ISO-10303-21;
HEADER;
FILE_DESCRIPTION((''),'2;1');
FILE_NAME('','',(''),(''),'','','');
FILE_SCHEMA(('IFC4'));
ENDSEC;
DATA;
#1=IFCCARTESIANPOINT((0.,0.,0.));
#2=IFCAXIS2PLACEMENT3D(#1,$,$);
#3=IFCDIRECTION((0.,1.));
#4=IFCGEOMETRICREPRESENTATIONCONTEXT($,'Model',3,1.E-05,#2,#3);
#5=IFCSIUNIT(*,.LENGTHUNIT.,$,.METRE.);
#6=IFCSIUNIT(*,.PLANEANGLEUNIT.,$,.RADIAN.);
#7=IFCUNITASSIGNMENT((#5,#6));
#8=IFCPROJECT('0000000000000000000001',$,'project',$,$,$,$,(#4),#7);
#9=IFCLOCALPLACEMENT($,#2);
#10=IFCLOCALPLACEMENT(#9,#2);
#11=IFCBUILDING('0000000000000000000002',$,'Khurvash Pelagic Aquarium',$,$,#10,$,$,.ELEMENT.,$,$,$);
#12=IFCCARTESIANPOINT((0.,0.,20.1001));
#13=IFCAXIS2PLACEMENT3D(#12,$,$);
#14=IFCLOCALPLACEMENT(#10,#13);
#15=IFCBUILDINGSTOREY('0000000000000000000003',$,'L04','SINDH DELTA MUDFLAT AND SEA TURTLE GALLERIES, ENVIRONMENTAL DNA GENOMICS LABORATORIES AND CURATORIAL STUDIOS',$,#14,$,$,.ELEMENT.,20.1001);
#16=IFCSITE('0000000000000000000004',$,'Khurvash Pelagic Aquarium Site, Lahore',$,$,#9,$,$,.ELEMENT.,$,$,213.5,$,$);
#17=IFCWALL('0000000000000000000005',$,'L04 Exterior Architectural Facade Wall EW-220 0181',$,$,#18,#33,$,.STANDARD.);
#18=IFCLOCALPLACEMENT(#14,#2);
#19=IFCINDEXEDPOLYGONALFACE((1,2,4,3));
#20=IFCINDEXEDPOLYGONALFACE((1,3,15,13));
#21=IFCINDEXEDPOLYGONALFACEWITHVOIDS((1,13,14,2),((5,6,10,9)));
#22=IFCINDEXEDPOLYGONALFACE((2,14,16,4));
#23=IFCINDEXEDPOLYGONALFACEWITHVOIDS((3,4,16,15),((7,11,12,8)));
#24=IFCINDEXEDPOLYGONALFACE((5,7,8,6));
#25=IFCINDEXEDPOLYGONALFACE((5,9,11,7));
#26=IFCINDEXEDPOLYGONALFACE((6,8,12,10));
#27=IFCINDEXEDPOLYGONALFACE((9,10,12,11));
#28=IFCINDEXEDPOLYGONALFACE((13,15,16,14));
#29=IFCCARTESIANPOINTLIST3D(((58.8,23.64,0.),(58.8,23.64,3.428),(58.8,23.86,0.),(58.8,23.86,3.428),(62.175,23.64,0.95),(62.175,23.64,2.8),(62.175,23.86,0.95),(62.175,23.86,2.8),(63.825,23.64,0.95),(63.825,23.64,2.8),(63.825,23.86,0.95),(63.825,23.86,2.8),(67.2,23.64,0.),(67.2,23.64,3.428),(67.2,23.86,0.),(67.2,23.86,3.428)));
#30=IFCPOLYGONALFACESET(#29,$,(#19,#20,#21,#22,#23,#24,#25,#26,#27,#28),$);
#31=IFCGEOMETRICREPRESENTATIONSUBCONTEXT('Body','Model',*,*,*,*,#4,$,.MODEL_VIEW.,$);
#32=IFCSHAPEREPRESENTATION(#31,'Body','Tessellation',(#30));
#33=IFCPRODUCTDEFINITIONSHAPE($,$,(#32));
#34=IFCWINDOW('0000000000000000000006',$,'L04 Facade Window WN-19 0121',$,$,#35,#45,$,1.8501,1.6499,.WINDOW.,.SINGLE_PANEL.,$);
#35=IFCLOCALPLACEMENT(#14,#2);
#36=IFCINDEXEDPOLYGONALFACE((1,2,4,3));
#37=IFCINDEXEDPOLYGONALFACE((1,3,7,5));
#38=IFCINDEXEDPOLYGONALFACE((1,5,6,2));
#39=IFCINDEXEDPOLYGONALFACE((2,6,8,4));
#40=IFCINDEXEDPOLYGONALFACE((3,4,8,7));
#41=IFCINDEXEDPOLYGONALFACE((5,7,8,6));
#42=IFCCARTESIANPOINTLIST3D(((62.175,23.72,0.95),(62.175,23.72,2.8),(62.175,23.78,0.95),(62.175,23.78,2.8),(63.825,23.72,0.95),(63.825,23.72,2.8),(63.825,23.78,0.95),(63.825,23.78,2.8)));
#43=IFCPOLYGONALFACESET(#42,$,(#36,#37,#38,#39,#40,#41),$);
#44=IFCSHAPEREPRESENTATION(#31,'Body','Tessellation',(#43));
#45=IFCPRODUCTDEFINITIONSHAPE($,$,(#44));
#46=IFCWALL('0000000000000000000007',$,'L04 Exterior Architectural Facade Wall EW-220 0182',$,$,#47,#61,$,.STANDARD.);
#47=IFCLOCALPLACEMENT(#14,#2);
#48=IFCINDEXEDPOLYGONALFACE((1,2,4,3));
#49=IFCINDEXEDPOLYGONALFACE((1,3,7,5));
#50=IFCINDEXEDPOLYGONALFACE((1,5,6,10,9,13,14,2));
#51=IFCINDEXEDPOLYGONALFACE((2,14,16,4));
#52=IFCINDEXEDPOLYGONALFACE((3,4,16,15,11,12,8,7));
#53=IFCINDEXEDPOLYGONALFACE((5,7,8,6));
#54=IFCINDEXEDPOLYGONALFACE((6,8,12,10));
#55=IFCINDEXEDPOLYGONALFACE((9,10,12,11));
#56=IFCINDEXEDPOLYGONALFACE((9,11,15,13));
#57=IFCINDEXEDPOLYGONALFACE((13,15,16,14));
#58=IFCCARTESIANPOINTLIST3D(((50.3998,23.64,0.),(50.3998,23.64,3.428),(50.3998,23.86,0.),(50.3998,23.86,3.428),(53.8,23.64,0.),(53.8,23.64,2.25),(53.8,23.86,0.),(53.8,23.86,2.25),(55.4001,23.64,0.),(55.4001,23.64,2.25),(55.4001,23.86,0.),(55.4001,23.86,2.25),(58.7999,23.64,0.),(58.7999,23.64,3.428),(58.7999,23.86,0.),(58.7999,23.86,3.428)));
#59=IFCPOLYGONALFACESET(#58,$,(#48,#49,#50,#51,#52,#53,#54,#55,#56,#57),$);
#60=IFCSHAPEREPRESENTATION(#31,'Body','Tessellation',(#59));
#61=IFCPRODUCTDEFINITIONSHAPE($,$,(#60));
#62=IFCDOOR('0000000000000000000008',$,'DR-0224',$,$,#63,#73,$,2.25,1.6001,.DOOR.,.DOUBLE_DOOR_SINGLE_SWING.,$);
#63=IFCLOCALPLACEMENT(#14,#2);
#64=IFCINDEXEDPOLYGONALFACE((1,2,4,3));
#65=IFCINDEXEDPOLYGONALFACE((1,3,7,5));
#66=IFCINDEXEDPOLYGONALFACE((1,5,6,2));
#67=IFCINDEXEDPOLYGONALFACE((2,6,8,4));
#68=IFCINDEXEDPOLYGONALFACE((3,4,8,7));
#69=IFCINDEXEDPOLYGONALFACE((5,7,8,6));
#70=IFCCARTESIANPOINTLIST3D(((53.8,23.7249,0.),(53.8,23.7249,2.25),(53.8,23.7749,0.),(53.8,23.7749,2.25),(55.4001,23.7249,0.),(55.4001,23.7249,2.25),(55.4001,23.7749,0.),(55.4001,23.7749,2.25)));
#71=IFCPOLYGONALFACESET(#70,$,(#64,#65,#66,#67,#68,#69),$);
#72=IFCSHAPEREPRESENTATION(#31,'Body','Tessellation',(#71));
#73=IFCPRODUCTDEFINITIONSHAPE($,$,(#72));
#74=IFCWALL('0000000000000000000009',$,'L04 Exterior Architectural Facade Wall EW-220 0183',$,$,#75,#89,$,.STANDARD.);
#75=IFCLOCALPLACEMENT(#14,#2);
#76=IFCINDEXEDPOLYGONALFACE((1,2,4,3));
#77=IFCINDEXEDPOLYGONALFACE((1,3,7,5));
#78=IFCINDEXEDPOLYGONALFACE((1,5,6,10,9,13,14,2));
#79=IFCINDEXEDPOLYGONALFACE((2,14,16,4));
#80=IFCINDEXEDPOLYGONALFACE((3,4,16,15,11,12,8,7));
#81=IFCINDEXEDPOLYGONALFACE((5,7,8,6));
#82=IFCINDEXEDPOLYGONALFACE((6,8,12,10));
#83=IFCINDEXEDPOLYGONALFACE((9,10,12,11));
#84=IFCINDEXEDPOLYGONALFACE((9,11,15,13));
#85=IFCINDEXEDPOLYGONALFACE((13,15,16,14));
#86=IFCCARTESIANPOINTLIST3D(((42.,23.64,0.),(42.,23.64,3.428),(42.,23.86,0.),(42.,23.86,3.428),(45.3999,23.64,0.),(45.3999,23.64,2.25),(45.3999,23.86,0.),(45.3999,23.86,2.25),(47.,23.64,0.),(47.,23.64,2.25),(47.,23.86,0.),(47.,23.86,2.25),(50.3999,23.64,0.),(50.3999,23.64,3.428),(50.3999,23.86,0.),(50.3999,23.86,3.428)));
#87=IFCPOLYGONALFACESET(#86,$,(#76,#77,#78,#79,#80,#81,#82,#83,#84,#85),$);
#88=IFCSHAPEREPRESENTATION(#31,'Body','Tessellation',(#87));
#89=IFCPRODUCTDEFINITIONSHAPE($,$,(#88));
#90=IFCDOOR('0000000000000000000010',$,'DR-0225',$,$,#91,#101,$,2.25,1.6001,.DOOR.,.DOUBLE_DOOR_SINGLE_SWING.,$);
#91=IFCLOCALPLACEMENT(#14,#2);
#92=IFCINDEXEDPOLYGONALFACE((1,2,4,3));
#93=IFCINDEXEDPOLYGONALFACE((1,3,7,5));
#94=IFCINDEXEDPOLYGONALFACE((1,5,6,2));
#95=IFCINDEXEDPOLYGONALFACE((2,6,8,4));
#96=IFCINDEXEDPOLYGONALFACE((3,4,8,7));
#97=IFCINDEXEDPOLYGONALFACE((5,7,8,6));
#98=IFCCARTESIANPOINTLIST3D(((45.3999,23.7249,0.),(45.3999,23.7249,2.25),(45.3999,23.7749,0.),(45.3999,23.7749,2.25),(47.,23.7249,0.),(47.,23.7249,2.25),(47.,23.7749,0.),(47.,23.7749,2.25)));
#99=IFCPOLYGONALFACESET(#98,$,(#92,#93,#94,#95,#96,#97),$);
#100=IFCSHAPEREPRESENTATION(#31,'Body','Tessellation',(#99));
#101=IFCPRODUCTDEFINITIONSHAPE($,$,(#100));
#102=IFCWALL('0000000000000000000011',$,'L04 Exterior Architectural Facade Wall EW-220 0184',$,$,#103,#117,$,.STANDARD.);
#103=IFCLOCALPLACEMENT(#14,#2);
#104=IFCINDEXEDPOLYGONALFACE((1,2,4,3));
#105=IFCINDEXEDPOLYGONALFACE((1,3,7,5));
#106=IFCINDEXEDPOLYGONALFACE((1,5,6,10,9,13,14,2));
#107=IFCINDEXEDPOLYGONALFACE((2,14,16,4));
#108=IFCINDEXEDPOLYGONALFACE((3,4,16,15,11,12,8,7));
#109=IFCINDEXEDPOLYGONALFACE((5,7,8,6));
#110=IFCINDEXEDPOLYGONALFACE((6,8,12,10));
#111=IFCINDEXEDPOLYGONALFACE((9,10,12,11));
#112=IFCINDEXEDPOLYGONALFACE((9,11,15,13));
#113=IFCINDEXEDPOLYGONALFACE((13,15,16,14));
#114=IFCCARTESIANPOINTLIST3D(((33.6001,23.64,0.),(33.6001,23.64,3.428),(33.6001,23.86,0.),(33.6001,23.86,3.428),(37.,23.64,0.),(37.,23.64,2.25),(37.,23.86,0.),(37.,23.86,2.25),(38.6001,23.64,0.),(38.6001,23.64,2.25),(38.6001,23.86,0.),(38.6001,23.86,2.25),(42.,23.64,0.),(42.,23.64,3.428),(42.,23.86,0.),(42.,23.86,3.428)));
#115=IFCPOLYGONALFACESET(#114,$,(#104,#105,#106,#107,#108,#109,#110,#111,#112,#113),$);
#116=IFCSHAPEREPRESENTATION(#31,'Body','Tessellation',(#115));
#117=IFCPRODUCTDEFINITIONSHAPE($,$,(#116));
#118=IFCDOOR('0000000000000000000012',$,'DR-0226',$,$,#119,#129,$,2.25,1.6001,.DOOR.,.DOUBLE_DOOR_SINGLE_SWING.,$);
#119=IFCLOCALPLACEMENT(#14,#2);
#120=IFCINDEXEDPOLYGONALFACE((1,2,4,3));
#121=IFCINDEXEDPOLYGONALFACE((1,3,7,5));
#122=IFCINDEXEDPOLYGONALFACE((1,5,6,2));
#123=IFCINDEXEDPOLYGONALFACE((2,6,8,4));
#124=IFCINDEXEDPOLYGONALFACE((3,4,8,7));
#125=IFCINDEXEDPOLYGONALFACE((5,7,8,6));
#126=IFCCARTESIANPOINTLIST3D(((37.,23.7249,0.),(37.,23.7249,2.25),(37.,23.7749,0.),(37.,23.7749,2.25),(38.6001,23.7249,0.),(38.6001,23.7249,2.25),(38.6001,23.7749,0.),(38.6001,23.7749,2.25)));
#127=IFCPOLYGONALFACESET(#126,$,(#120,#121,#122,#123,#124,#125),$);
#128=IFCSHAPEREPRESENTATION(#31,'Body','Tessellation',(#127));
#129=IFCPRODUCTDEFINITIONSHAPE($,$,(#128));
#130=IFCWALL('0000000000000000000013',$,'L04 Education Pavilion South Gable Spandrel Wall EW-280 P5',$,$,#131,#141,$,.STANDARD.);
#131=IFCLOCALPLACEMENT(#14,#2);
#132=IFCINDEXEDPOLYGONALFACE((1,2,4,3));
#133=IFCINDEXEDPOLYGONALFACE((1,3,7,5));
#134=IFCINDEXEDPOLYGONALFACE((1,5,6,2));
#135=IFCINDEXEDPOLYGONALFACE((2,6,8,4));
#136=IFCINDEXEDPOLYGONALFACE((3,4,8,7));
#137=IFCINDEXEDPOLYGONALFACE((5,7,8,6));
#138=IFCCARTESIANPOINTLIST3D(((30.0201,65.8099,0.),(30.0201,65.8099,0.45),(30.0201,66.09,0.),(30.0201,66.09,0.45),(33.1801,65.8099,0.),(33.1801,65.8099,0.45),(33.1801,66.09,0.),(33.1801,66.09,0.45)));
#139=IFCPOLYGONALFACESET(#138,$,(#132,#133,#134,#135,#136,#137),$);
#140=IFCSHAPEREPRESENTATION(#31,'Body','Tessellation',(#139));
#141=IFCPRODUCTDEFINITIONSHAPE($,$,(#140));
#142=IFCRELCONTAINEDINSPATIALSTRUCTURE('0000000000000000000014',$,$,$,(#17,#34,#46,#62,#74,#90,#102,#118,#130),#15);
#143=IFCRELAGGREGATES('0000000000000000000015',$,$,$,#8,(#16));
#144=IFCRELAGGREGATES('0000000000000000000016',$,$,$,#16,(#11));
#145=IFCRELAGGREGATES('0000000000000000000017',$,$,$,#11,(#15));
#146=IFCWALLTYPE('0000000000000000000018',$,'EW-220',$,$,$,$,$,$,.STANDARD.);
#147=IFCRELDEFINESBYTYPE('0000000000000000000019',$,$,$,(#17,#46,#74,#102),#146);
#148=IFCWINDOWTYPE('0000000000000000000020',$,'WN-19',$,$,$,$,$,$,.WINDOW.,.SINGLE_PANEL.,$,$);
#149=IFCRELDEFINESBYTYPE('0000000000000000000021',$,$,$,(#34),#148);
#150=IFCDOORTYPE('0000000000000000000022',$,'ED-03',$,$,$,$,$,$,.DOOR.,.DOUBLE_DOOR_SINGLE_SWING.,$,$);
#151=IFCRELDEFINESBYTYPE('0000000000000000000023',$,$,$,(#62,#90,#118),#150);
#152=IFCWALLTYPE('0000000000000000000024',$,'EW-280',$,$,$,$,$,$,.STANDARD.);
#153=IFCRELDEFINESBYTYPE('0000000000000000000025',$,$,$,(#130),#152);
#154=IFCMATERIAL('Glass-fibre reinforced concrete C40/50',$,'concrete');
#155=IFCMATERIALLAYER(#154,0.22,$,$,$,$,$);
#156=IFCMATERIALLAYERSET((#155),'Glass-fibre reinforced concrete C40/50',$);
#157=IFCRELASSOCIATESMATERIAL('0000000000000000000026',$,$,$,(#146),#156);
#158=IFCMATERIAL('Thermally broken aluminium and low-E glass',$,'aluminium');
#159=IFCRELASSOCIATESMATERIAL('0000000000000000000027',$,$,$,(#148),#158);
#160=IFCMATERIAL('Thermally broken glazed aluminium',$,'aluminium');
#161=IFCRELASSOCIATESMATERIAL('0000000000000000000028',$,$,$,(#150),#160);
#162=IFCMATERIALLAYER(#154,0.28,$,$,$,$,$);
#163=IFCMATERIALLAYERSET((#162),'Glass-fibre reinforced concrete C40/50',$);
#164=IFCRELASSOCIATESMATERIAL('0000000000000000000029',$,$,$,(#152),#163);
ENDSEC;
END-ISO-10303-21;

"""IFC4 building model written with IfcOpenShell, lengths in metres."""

from ifc_helpers import new_model, si_unit, direction, frame, frame_2d, origin, place, context, subcontext, project, spatial, rectangle, extrude, material, layer, layer_set, type_object, element, fill, save


model = new_model("IFC4")

# Units and contexts
model_context = context("Model", 3, precision=1e-05, world=origin(), true_north=direction((0.0, 1.0)))
body_context = subcontext(model_context, "Body", "Model", "MODEL_VIEW")
ifc_project = project(units=[si_unit("LENGTHUNIT", "METRE"), si_unit("PLANEANGLEUNIT", "RADIAN")], contexts=[model_context])

# Site, building, storey
site_placement = place(None, origin())
site = spatial("IfcSite", under=ifc_project, at=site_placement, Name="Khurvash Pelagic Aquarium Site, Lahore", CompositionType="ELEMENT", RefElevation=213.5)
building_placement = place(site_placement, origin())
building = spatial("IfcBuilding", under=site, at=building_placement, Name="Khurvash Pelagic Aquarium", CompositionType="ELEMENT")
storey_placement = place(building_placement, frame((0.0, 0.0, 20.1001)))
storey = spatial("IfcBuildingStorey", under=building, at=storey_placement, Name="L04", Description="SINDH DELTA MUDFLAT AND SEA TURTLE GALLERIES, ENVIRONMENTAL DNA GENOMICS LABORATORIES AND CURATORIAL STUDIOS", CompositionType="ELEMENT", Elevation=20.1001)

# Wall, opening, window
ifc_material_1 = material(Name="Glass-fibre reinforced concrete C40/50", Category="concrete")
ifc_layer_1 = layer(ifc_material_1, 0.22)
ifc_layer_set_1 = layer_set([ifc_layer_1], Name="Glass-fibre reinforced concrete C40/50")
wall_type_1 = type_object("IfcWallType", Name="EW-220", PredefinedType="STANDARD", material=ifc_layer_set_1)
wall_1_placement = place(storey_placement, frame((67.2, 23.75, 0.0), z_axis=(0.0, 0.0, 1.0), x_axis=(-1.0, 0.0, 0.0)))
wall_1 = element("IfcWall", 1, at=wall_1_placement, inside=storey, type_object=wall_type_1, Name="L04 Exterior Architectural Facade Wall EW-220 0181", PredefinedType="STANDARD", context=body_context, shape_type="SweptSolid", body=[
    extrude(rectangle(XDim=8.3999, YDim=0.22, at=frame_2d((4.2, 0.0))), origin(), (0.0, 0.0, 1.0), 3.428),
])
opening_1_placement = place(wall_1_placement, frame((3.375, 0.0, 0.95)))
opening_1 = element("IfcOpeningElement", 2, at=opening_1_placement, cuts=wall_1, PredefinedType="OPENING", context=body_context, shape_type="SweptSolid", body=[
    extrude(rectangle(XDim=1.6499, YDim=1.8501, at=frame_2d((0.825, 0.925))), frame((0.0, 0.1201, 0.0), z_axis=(0.0, -1.0, 0.0), x_axis=(1.0, 0.0, 0.0)), (0.0, 0.0, 1.0), 0.24),
])
ifc_material_2 = material(Name="Thermally broken aluminium and low-E glass", Category="aluminium")
window_type = type_object("IfcWindowType", Name="WN-19", PartitioningType="SINGLE_PANEL", PredefinedType="WINDOW", material=ifc_material_2)
window_placement = place(opening_1_placement, origin())
window = element("IfcWindow", 3, at=window_placement, inside=storey, type_object=window_type, Name="L04 Facade Window WN-19 0121", OverallHeight=1.8501, OverallWidth=1.6499, PartitioningType="SINGLE_PANEL", PredefinedType="WINDOW", context=body_context, shape_type="SweptSolid", body=[
    extrude(rectangle(XDim=1.6499, YDim=1.8501, at=frame_2d((0.825, 0.925))), frame((0.0, 0.03, 0.0), z_axis=(0.0, -1.0, 0.0), x_axis=(1.0, 0.0, 0.0)), (0.0, 0.0, 1.0), 0.0601),
])
fill(opening_1, window)

# Walls, openings, doors
wall_2_placement = place(storey_placement, frame((58.8, 23.75, 0.0), z_axis=(0.0, 0.0, 1.0), x_axis=(-1.0, 0.0, 0.0)))
wall_2 = element("IfcWall", 4, at=wall_2_placement, inside=storey, type_object=wall_type_1, Name="L04 Exterior Architectural Facade Wall EW-220 0182", PredefinedType="STANDARD", context=body_context, shape_type="SweptSolid", body=[
    extrude(rectangle(XDim=8.4001, YDim=0.22, at=frame_2d((4.2002, 0.0))), origin(), (0.0, 0.0, 1.0), 3.428),
])
opening_2_placement = place(wall_2_placement, frame((3.3999, 0.0, 0.0)))
opening_2 = element("IfcOpeningElement", 5, at=opening_2_placement, cuts=wall_2, PredefinedType="OPENING", context=body_context, shape_type="SweptSolid", body=[
    extrude(rectangle(XDim=1.6001, YDim=2.25, at=frame_2d((0.8, 1.125))), frame((0.0, 0.1201, 0.0), z_axis=(0.0, -1.0, 0.0), x_axis=(1.0, 0.0, 0.0)), (0.0, 0.0, 1.0), 0.24),
])
ifc_material_3 = material(Name="Thermally broken glazed aluminium", Category="aluminium")
door_type = type_object("IfcDoorType", Name="ED-03", OperationType="DOUBLE_DOOR_SINGLE_SWING", PredefinedType="DOOR", material=ifc_material_3)
door_1_placement = place(opening_2_placement, frame((1.6001, 0.0, 0.0), z_axis=(0.0, 0.0, 1.0), x_axis=(-1.0, 0.0, 0.0)))
door_1 = element("IfcDoor", 6, at=door_1_placement, inside=storey, type_object=door_type, Name="DR-0224", OperationType="DOUBLE_DOOR_SINGLE_SWING", OverallHeight=2.25, OverallWidth=1.6001, PredefinedType="DOOR", context=body_context, shape_type="SweptSolid", body=[
    extrude(rectangle(XDim=1.6001, YDim=2.25, at=frame_2d((0.8, 1.125))), frame((0.0, 0.0249, 0.0), z_axis=(0.0, -1.0, 0.0), x_axis=(1.0, 0.0, 0.0)), (0.0, 0.0, 1.0), 0.05),
])
fill(opening_2, door_1)
wall_3_placement = place(storey_placement, frame((50.3999, 23.75, 0.0), z_axis=(0.0, 0.0, 1.0), x_axis=(-1.0, 0.0, 0.0)))
wall_3 = element("IfcWall", 7, at=wall_3_placement, inside=storey, type_object=wall_type_1, Name="L04 Exterior Architectural Facade Wall EW-220 0183", PredefinedType="STANDARD", context=body_context, shape_type="SweptSolid", body=[
    extrude(rectangle(XDim=8.3999, YDim=0.22, at=frame_2d((4.2, 0.0))), origin(), (0.0, 0.0, 1.0), 3.428),
])
opening_3_placement = place(wall_3_placement, frame((3.3999, 0.0, 0.0)))
opening_3 = element("IfcOpeningElement", 8, at=opening_3_placement, cuts=wall_3, PredefinedType="OPENING", context=body_context, shape_type="SweptSolid", body=[
    extrude(rectangle(XDim=1.6001, YDim=2.25, at=frame_2d((0.8, 1.125))), frame((0.0, 0.1201, 0.0), z_axis=(0.0, -1.0, 0.0), x_axis=(1.0, 0.0, 0.0)), (0.0, 0.0, 1.0), 0.24),
])
door_2_placement = place(opening_3_placement, frame((1.6001, 0.0, 0.0), z_axis=(0.0, 0.0, 1.0), x_axis=(-1.0, 0.0, 0.0)))
door_2 = element("IfcDoor", 9, at=door_2_placement, inside=storey, type_object=door_type, Name="DR-0225", OperationType="DOUBLE_DOOR_SINGLE_SWING", OverallHeight=2.25, OverallWidth=1.6001, PredefinedType="DOOR", context=body_context, shape_type="SweptSolid", body=[
    extrude(rectangle(XDim=1.6001, YDim=2.25, at=frame_2d((0.8, 1.125))), frame((0.0, 0.0249, 0.0), z_axis=(0.0, -1.0, 0.0), x_axis=(1.0, 0.0, 0.0)), (0.0, 0.0, 1.0), 0.05),
])
fill(opening_3, door_2)
wall_4_placement = place(storey_placement, frame((42.0, 23.75, 0.0), z_axis=(0.0, 0.0, 1.0), x_axis=(-1.0, 0.0, 0.0)))
wall_4 = element("IfcWall", 10, at=wall_4_placement, inside=storey, type_object=wall_type_1, Name="L04 Exterior Architectural Facade Wall EW-220 0184", PredefinedType="STANDARD", context=body_context, shape_type="SweptSolid", body=[
    extrude(rectangle(XDim=8.3999, YDim=0.22, at=frame_2d((4.2, 0.0))), origin(), (0.0, 0.0, 1.0), 3.428),
])
opening_4_placement = place(wall_4_placement, frame((3.3999, 0.0, 0.0)))
opening_4 = element("IfcOpeningElement", 11, at=opening_4_placement, cuts=wall_4, PredefinedType="OPENING", context=body_context, shape_type="SweptSolid", body=[
    extrude(rectangle(XDim=1.6001, YDim=2.25, at=frame_2d((0.8, 1.125))), frame((0.0, 0.1201, 0.0), z_axis=(0.0, -1.0, 0.0), x_axis=(1.0, 0.0, 0.0)), (0.0, 0.0, 1.0), 0.24),
])
door_3_placement = place(opening_4_placement, frame((1.6001, 0.0, 0.0), z_axis=(0.0, 0.0, 1.0), x_axis=(-1.0, 0.0, 0.0)))
door_3 = element("IfcDoor", 12, at=door_3_placement, inside=storey, type_object=door_type, Name="DR-0226", OperationType="DOUBLE_DOOR_SINGLE_SWING", OverallHeight=2.25, OverallWidth=1.6001, PredefinedType="DOOR", context=body_context, shape_type="SweptSolid", body=[
    extrude(rectangle(XDim=1.6001, YDim=2.25, at=frame_2d((0.8, 1.125))), frame((0.0, 0.0249, 0.0), z_axis=(0.0, -1.0, 0.0), x_axis=(1.0, 0.0, 0.0)), (0.0, 0.0, 1.0), 0.05),
])
fill(opening_4, door_3)

# Wall
ifc_layer_2 = layer(ifc_material_1, 0.28)
ifc_layer_set_2 = layer_set([ifc_layer_2], Name="Glass-fibre reinforced concrete C40/50")
wall_type_2 = type_object("IfcWallType", Name="EW-280", PredefinedType="STANDARD", material=ifc_layer_set_2)
wall_5_placement = place(storey_placement, frame((30.02, 65.95, 0.0), z_axis=(0.0, 0.0, 1.0), x_axis=(1.0, 0.0, 0.0)))
element("IfcWall", 13, at=wall_5_placement, inside=storey, type_object=wall_type_2, Name="L04 Education Pavilion South Gable Spandrel Wall EW-280 P5", PredefinedType="STANDARD", context=body_context, shape_type="SweptSolid", body=[
    extrude(rectangle(XDim=3.1599, YDim=0.28, at=frame_2d((1.5801, 0.0))), origin(), (0.0, 0.0, 1.0), 0.45),
])

save(model, "model.ifc")
